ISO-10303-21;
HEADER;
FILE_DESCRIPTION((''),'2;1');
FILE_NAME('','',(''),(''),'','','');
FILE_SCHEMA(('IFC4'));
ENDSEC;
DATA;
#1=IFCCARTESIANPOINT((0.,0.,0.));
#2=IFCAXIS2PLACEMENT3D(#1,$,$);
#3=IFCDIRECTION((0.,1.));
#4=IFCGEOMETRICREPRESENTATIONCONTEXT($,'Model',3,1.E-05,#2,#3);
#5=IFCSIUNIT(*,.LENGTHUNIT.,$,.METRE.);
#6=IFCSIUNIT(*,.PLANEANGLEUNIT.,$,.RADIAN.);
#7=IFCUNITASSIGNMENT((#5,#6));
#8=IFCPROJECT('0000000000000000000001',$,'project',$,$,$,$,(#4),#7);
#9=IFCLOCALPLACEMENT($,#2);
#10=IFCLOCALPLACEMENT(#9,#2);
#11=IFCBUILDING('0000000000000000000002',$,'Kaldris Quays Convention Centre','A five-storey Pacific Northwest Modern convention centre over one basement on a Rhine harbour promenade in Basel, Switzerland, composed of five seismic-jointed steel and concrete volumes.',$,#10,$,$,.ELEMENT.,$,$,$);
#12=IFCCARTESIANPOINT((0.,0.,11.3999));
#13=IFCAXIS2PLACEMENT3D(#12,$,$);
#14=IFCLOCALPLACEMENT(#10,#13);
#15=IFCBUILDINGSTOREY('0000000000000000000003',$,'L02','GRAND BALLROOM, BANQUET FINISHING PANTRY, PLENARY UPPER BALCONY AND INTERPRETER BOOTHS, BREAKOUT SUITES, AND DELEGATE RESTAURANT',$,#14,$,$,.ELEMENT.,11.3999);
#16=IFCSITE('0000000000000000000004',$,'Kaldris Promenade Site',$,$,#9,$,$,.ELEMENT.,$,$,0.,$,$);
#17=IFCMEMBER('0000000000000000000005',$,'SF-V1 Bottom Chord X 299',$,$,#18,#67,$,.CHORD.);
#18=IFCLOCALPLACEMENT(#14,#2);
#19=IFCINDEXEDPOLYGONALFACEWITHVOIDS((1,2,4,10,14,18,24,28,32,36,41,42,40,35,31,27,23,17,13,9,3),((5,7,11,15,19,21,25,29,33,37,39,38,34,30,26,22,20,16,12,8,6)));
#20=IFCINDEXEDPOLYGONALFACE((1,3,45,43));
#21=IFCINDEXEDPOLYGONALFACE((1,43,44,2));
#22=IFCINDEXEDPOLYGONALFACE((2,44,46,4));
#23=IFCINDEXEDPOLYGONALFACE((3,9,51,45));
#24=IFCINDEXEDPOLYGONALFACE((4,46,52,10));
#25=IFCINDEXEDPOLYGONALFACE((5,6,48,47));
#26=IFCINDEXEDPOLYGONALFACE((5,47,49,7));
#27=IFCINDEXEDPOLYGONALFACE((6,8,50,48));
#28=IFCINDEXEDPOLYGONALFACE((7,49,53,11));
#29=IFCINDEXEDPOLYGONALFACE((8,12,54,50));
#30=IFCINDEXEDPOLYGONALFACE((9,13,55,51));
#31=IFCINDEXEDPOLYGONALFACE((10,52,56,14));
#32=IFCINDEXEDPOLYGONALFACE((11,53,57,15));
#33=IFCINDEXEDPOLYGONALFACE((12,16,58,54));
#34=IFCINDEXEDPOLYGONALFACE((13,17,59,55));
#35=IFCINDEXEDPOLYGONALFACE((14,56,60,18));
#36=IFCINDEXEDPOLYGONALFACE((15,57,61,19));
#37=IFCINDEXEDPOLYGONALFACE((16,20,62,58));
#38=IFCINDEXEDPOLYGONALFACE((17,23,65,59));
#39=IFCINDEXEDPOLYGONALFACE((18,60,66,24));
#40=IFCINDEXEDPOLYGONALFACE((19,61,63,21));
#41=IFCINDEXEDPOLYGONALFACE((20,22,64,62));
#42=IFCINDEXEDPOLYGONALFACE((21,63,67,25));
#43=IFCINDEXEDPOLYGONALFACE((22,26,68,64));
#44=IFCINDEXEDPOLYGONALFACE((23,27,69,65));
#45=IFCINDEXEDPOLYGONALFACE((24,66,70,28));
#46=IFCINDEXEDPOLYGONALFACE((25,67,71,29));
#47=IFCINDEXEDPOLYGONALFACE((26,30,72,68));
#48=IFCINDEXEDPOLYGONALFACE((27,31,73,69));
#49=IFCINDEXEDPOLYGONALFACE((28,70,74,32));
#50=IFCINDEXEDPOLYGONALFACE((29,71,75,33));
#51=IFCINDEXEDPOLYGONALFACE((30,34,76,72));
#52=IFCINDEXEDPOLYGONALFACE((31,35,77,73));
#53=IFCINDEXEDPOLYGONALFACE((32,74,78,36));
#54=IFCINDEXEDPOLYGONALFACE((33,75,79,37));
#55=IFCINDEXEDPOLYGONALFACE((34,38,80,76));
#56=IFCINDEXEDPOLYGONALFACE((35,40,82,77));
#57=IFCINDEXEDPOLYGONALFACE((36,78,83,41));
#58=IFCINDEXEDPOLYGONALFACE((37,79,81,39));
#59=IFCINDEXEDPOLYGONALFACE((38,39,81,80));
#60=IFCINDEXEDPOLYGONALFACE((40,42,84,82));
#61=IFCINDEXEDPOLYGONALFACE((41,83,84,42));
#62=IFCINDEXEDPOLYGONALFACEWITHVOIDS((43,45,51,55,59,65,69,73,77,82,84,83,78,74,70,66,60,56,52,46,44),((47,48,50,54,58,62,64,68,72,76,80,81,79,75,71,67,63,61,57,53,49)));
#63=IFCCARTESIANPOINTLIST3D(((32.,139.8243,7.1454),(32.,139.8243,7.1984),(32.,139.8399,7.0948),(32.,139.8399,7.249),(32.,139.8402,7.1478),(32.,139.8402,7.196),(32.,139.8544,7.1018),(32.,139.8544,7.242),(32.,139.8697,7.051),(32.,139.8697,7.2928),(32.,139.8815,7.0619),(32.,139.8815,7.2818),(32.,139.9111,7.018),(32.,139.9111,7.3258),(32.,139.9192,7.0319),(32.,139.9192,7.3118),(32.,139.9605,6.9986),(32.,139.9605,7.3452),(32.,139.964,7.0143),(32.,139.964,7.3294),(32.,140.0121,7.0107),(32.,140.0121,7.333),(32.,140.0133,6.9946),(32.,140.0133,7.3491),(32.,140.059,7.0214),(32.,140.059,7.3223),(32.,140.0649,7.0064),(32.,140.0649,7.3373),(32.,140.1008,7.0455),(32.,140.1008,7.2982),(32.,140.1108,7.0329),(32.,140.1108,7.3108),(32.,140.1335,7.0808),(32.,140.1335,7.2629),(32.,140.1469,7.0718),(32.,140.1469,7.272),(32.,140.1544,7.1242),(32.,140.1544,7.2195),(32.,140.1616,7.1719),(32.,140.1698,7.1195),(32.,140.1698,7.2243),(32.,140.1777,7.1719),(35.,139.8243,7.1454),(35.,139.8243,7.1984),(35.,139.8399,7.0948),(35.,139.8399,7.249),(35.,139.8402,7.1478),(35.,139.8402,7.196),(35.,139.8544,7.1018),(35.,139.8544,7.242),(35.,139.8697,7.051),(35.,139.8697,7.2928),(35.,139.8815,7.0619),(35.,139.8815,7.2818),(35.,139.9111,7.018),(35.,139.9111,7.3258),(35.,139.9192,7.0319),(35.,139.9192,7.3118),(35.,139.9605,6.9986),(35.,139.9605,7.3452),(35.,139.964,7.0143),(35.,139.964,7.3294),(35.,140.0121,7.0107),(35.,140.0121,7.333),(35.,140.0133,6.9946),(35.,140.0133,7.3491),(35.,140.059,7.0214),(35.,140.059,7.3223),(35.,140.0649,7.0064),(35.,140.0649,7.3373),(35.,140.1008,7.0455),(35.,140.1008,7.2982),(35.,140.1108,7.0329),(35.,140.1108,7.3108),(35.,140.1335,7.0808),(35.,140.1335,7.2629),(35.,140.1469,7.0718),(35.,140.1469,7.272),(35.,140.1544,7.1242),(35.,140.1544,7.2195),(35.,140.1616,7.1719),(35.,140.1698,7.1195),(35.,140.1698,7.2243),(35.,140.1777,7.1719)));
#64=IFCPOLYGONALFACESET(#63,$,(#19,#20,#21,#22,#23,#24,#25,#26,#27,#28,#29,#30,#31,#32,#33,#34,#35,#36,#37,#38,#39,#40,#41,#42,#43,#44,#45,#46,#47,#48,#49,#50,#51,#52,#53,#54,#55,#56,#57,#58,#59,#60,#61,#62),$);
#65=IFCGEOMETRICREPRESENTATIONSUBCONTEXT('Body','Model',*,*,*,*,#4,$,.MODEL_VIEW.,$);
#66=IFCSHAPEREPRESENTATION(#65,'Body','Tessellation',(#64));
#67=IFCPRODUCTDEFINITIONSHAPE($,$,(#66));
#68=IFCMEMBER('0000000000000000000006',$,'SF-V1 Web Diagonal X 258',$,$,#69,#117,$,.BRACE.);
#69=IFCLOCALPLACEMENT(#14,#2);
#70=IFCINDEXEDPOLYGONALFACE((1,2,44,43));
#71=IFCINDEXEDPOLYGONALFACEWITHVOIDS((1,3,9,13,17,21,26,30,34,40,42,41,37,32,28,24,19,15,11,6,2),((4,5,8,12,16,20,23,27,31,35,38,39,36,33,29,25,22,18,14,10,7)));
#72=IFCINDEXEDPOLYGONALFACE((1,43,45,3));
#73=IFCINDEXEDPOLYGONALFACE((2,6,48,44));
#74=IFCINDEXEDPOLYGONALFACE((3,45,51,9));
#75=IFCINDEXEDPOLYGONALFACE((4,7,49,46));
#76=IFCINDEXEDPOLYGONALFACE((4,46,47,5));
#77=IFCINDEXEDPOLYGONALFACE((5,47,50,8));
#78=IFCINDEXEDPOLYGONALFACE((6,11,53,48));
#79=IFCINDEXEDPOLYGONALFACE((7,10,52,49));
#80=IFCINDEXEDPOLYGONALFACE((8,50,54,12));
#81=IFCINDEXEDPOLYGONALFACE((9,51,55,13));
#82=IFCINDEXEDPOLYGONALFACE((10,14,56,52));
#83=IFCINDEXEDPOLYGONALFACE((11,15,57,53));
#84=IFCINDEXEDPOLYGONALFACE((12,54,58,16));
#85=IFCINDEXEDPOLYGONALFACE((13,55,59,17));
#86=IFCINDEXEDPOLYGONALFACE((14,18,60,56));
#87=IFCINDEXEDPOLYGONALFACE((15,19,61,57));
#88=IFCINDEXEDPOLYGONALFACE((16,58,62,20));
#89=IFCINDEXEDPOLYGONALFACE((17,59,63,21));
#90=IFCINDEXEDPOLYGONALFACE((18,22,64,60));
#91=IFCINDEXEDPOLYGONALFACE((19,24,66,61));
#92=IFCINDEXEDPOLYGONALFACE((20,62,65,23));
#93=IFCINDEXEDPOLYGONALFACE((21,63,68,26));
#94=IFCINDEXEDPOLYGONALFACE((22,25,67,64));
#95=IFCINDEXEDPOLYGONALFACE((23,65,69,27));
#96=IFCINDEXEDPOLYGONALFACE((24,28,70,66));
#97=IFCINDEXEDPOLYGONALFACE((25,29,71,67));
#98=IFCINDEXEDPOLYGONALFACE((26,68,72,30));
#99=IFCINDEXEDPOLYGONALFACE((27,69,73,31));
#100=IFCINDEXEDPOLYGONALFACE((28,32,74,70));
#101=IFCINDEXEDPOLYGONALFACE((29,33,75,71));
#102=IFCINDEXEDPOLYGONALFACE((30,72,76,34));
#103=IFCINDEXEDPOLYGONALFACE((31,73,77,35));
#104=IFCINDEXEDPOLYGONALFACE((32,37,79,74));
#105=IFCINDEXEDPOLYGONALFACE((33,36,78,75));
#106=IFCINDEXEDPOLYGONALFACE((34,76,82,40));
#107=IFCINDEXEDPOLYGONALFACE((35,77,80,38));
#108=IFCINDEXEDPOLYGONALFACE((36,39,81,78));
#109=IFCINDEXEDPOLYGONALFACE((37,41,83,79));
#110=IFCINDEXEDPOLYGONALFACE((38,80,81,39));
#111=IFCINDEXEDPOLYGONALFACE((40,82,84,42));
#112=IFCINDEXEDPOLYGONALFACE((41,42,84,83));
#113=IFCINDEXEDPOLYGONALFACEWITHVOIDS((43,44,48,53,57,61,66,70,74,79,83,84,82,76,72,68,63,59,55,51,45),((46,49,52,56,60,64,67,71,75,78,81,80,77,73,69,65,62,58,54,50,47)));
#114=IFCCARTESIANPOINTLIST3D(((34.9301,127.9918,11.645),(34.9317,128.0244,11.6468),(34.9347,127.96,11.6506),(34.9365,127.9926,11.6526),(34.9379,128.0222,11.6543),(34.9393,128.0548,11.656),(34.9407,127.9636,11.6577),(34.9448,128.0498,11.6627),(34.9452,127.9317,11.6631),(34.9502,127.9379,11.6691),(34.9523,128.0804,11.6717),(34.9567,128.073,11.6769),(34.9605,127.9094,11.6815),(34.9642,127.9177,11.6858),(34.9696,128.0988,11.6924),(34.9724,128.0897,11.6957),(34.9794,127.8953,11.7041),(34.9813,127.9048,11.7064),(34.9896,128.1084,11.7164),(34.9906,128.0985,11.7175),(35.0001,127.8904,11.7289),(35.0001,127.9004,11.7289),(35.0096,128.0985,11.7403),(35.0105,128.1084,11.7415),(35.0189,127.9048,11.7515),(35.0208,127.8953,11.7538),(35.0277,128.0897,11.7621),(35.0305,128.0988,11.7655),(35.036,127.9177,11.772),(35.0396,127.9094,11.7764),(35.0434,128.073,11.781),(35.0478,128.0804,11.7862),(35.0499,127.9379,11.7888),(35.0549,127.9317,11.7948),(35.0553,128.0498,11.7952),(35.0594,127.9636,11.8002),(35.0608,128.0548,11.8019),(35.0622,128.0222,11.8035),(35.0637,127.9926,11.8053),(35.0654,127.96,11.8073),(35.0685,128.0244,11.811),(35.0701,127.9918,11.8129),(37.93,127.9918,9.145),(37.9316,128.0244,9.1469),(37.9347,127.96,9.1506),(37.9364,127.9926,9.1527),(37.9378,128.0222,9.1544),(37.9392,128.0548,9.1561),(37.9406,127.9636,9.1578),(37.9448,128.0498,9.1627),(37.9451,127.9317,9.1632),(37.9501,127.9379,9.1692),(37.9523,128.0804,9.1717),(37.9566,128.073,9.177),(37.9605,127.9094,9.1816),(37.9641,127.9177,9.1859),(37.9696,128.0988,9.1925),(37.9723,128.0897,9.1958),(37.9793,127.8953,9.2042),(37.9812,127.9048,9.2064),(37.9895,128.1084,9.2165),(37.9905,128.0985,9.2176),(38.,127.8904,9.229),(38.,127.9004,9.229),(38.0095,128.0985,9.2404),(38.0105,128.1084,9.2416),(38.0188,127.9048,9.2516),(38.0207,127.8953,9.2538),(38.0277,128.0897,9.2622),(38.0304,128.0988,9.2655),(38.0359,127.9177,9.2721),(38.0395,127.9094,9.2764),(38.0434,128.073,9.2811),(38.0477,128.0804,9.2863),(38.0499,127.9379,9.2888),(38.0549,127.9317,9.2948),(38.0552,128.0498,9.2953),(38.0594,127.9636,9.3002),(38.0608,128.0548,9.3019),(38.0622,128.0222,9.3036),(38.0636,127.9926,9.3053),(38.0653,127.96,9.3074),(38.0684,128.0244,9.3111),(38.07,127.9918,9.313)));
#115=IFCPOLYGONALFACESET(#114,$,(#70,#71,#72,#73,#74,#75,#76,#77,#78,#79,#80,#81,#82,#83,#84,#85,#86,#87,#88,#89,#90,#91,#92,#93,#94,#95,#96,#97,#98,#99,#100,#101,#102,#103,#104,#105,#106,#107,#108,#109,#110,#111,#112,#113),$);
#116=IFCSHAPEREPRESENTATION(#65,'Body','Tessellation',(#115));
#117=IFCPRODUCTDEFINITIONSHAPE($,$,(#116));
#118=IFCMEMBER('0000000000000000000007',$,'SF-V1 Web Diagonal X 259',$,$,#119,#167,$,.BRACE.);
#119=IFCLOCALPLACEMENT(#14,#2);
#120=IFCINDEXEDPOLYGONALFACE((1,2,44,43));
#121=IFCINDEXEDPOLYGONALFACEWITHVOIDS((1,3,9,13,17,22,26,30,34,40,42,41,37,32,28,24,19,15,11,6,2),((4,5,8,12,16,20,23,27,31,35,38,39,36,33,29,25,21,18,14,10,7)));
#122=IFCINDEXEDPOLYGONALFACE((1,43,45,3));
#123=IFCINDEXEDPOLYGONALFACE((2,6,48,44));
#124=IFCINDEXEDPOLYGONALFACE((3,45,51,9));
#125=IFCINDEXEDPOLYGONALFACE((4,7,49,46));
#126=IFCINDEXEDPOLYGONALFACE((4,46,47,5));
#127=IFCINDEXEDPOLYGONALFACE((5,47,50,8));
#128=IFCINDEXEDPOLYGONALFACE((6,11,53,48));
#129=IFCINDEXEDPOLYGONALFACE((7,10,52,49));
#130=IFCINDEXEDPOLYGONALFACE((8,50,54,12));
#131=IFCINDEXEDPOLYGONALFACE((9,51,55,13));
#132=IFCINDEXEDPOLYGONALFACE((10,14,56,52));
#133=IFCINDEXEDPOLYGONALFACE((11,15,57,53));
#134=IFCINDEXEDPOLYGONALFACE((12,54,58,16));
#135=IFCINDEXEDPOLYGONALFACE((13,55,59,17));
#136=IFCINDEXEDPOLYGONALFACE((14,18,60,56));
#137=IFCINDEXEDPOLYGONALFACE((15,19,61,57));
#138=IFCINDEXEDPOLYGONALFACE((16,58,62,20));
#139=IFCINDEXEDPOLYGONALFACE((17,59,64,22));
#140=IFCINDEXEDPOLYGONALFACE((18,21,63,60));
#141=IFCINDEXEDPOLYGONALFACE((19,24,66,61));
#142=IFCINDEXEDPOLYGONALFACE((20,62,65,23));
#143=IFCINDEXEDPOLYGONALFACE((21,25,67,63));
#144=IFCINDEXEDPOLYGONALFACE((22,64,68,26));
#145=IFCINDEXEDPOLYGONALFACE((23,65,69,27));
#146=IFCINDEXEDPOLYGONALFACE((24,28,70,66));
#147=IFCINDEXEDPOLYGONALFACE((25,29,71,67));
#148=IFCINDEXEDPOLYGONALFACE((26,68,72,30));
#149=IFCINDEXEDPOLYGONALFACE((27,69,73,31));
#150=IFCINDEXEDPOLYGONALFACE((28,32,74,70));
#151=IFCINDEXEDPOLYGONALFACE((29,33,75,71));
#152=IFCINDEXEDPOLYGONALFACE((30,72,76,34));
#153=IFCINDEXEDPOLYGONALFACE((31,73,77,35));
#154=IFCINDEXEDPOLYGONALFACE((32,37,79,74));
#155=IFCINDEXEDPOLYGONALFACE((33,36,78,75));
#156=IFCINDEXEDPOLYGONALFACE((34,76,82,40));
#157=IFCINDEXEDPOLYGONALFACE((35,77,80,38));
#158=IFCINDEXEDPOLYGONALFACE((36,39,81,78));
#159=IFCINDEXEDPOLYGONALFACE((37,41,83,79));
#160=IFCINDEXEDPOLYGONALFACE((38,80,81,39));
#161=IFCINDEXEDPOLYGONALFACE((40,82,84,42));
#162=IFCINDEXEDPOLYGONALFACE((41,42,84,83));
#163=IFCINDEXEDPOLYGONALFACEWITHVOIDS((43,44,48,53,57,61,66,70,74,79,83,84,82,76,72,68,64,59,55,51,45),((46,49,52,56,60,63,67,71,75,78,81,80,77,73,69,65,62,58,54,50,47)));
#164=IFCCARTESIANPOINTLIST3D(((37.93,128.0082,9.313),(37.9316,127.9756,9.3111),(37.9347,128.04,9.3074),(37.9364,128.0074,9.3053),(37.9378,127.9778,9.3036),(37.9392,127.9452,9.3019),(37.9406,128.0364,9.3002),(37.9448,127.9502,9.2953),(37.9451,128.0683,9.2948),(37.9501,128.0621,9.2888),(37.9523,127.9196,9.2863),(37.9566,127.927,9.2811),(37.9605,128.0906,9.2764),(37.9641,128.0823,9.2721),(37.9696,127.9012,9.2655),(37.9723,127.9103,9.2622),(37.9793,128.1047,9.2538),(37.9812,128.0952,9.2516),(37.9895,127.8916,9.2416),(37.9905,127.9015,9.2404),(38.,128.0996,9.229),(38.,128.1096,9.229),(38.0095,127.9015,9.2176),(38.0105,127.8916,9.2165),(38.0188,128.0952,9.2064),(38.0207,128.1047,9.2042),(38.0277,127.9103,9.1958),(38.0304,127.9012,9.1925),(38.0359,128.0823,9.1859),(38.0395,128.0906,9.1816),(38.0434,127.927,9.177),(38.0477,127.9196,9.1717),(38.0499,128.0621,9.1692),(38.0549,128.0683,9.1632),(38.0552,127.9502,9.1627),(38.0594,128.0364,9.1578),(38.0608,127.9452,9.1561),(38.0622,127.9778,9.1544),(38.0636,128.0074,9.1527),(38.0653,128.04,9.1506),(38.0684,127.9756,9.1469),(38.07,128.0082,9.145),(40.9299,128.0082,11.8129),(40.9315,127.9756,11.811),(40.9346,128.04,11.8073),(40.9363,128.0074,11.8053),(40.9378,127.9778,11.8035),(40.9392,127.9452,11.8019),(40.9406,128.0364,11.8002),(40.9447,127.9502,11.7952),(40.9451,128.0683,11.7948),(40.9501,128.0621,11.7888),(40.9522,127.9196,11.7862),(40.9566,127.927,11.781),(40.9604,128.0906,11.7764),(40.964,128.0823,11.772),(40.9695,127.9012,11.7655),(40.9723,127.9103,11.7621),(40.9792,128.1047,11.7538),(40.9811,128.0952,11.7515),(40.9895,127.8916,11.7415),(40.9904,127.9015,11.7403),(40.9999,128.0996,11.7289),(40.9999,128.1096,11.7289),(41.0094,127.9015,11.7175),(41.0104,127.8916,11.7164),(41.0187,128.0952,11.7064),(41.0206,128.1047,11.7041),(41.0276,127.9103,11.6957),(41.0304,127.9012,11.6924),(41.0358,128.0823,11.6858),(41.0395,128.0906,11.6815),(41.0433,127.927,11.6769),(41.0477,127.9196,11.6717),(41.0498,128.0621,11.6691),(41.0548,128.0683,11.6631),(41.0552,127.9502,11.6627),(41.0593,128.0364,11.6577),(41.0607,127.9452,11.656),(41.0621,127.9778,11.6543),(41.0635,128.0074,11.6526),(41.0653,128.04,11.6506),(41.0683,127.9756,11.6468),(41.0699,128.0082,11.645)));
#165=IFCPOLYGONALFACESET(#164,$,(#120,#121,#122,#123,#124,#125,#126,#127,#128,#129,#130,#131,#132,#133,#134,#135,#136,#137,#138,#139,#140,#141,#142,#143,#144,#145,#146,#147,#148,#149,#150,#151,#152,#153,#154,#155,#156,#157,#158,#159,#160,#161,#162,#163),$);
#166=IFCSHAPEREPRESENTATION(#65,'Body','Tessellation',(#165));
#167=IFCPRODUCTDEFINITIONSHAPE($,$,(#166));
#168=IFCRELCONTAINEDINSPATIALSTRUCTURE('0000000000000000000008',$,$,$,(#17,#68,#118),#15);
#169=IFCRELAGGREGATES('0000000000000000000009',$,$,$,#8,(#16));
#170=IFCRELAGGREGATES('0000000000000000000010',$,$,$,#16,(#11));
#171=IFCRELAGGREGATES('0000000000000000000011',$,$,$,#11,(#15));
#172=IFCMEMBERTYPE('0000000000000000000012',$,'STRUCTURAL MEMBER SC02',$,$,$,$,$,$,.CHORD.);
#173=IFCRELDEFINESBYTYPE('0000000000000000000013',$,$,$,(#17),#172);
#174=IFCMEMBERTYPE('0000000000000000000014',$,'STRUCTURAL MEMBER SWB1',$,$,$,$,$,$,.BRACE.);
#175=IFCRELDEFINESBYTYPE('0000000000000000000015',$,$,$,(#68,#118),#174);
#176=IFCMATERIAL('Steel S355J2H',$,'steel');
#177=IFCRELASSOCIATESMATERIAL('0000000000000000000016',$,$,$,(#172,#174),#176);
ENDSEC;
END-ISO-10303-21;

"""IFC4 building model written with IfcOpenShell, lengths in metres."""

from ifc_helpers import new_model, si_unit, direction, frame, origin, origin_2d, place, context, subcontext, project, spatial, hollow_circle, extrude, material, material_profile, profile_set, type_object, element, save


model = new_model("IFC4")

# Units and contexts
model_context = context("Model", 3, precision=1e-05, world=origin(), true_north=direction((0.0, 1.0)))
body_context = subcontext(model_context, "Body", "Model", "MODEL_VIEW")
ifc_project = project(units=[si_unit("LENGTHUNIT", "METRE"), si_unit("PLANEANGLEUNIT", "RADIAN")], contexts=[model_context])

# Site, building, storey
site_placement = place(None, origin())
site = spatial("IfcSite", under=ifc_project, at=site_placement, Name="Kaldris Promenade Site", CompositionType="ELEMENT", RefElevation=0.0)
building_placement = place(site_placement, origin())
building = spatial("IfcBuilding", under=site, at=building_placement, Name="Kaldris Quays Convention Centre", Description="A five-storey Pacific Northwest Modern convention centre over one basement on a Rhine harbour promenade in Basel, Switzerland, composed of five seismic-jointed steel and concrete volumes.", CompositionType="ELEMENT")
storey_placement = place(building_placement, frame((0.0, 0.0, 11.3999)))
storey = spatial("IfcBuildingStorey", under=building, at=storey_placement, Name="L02", Description="GRAND BALLROOM, BANQUET FINISHING PANTRY, PLENARY UPPER BALCONY AND INTERPRETER BOOTHS, BREAKOUT SUITES, AND DELEGATE RESTAURANT", CompositionType="ELEMENT", Elevation=11.3999)

# Members
ifc_material_1 = material(Name="Steel S355J2H", Category="steel")
ifc_material_profile_1 = material_profile(ifc_material_1, hollow_circle(Radius=0.1777, WallThickness=0.0161, at=origin_2d()), Name="CHS 355.6x16")
ifc_profile_set_1 = profile_set([ifc_material_profile_1], Name="Steel S355J2H")
member_type_1 = type_object("IfcMemberType", Name="STRUCTURAL MEMBER SC02", PredefinedType="CHORD", material=ifc_profile_set_1)
for number, where, z_axis, x_axis, name in (
    (1, (32.0, 140.0, 7.1719), (1.0, 0.0, 0.0), (0.0, 1.0, 0.0), "SF-V1 Bottom Chord X 299"),
):
    element("IfcMember", number, at=place(storey_placement, frame(where, z_axis=z_axis, x_axis=x_axis)), inside=storey, type_object=member_type_1, Name=name, PredefinedType="CHORD", context=body_context, shape_type="SweptSolid", body=[
        extrude(hollow_circle(Radius=0.1777, WallThickness=0.0161, at=origin_2d()), origin(), (0.0, 0.0, 1.0), 3.0),
    ])
ifc_material_profile_2 = material_profile(ifc_material_1, hollow_circle(Radius=0.1096, WallThickness=0.01, at=origin_2d()), Name="CHS 219.1x10")
ifc_profile_set_2 = profile_set([ifc_material_profile_2], Name="Steel S355J2H")
member_type_2 = type_object("IfcMemberType", Name="STRUCTURAL MEMBER SWB1", PredefinedType="BRACE", material=ifc_profile_set_2)
for number, where, z_axis, x_axis, name in (
    (2, (38.0, 128.0, 9.229), (-0.768221, 0.0, 0.640184), (0.0, -1.0, 0.0), "SF-V1 Web Diagonal X 258"),
    (3, (38.0, 128.0, 9.229), (0.768221, 0.0, 0.640184), (0.0, 1.0, 0.0), "SF-V1 Web Diagonal X 259"),
):
    element("IfcMember", number, at=place(storey_placement, frame(where, z_axis=z_axis, x_axis=x_axis)), inside=storey, type_object=member_type_2, Name=name, PredefinedType="BRACE", context=body_context, shape_type="SweptSolid", body=[
        extrude(hollow_circle(Radius=0.1096, WallThickness=0.01, at=origin_2d()), origin(), (0.0, 0.0, 1.0), 3.905),
    ])

save(model, "model.ifc")
